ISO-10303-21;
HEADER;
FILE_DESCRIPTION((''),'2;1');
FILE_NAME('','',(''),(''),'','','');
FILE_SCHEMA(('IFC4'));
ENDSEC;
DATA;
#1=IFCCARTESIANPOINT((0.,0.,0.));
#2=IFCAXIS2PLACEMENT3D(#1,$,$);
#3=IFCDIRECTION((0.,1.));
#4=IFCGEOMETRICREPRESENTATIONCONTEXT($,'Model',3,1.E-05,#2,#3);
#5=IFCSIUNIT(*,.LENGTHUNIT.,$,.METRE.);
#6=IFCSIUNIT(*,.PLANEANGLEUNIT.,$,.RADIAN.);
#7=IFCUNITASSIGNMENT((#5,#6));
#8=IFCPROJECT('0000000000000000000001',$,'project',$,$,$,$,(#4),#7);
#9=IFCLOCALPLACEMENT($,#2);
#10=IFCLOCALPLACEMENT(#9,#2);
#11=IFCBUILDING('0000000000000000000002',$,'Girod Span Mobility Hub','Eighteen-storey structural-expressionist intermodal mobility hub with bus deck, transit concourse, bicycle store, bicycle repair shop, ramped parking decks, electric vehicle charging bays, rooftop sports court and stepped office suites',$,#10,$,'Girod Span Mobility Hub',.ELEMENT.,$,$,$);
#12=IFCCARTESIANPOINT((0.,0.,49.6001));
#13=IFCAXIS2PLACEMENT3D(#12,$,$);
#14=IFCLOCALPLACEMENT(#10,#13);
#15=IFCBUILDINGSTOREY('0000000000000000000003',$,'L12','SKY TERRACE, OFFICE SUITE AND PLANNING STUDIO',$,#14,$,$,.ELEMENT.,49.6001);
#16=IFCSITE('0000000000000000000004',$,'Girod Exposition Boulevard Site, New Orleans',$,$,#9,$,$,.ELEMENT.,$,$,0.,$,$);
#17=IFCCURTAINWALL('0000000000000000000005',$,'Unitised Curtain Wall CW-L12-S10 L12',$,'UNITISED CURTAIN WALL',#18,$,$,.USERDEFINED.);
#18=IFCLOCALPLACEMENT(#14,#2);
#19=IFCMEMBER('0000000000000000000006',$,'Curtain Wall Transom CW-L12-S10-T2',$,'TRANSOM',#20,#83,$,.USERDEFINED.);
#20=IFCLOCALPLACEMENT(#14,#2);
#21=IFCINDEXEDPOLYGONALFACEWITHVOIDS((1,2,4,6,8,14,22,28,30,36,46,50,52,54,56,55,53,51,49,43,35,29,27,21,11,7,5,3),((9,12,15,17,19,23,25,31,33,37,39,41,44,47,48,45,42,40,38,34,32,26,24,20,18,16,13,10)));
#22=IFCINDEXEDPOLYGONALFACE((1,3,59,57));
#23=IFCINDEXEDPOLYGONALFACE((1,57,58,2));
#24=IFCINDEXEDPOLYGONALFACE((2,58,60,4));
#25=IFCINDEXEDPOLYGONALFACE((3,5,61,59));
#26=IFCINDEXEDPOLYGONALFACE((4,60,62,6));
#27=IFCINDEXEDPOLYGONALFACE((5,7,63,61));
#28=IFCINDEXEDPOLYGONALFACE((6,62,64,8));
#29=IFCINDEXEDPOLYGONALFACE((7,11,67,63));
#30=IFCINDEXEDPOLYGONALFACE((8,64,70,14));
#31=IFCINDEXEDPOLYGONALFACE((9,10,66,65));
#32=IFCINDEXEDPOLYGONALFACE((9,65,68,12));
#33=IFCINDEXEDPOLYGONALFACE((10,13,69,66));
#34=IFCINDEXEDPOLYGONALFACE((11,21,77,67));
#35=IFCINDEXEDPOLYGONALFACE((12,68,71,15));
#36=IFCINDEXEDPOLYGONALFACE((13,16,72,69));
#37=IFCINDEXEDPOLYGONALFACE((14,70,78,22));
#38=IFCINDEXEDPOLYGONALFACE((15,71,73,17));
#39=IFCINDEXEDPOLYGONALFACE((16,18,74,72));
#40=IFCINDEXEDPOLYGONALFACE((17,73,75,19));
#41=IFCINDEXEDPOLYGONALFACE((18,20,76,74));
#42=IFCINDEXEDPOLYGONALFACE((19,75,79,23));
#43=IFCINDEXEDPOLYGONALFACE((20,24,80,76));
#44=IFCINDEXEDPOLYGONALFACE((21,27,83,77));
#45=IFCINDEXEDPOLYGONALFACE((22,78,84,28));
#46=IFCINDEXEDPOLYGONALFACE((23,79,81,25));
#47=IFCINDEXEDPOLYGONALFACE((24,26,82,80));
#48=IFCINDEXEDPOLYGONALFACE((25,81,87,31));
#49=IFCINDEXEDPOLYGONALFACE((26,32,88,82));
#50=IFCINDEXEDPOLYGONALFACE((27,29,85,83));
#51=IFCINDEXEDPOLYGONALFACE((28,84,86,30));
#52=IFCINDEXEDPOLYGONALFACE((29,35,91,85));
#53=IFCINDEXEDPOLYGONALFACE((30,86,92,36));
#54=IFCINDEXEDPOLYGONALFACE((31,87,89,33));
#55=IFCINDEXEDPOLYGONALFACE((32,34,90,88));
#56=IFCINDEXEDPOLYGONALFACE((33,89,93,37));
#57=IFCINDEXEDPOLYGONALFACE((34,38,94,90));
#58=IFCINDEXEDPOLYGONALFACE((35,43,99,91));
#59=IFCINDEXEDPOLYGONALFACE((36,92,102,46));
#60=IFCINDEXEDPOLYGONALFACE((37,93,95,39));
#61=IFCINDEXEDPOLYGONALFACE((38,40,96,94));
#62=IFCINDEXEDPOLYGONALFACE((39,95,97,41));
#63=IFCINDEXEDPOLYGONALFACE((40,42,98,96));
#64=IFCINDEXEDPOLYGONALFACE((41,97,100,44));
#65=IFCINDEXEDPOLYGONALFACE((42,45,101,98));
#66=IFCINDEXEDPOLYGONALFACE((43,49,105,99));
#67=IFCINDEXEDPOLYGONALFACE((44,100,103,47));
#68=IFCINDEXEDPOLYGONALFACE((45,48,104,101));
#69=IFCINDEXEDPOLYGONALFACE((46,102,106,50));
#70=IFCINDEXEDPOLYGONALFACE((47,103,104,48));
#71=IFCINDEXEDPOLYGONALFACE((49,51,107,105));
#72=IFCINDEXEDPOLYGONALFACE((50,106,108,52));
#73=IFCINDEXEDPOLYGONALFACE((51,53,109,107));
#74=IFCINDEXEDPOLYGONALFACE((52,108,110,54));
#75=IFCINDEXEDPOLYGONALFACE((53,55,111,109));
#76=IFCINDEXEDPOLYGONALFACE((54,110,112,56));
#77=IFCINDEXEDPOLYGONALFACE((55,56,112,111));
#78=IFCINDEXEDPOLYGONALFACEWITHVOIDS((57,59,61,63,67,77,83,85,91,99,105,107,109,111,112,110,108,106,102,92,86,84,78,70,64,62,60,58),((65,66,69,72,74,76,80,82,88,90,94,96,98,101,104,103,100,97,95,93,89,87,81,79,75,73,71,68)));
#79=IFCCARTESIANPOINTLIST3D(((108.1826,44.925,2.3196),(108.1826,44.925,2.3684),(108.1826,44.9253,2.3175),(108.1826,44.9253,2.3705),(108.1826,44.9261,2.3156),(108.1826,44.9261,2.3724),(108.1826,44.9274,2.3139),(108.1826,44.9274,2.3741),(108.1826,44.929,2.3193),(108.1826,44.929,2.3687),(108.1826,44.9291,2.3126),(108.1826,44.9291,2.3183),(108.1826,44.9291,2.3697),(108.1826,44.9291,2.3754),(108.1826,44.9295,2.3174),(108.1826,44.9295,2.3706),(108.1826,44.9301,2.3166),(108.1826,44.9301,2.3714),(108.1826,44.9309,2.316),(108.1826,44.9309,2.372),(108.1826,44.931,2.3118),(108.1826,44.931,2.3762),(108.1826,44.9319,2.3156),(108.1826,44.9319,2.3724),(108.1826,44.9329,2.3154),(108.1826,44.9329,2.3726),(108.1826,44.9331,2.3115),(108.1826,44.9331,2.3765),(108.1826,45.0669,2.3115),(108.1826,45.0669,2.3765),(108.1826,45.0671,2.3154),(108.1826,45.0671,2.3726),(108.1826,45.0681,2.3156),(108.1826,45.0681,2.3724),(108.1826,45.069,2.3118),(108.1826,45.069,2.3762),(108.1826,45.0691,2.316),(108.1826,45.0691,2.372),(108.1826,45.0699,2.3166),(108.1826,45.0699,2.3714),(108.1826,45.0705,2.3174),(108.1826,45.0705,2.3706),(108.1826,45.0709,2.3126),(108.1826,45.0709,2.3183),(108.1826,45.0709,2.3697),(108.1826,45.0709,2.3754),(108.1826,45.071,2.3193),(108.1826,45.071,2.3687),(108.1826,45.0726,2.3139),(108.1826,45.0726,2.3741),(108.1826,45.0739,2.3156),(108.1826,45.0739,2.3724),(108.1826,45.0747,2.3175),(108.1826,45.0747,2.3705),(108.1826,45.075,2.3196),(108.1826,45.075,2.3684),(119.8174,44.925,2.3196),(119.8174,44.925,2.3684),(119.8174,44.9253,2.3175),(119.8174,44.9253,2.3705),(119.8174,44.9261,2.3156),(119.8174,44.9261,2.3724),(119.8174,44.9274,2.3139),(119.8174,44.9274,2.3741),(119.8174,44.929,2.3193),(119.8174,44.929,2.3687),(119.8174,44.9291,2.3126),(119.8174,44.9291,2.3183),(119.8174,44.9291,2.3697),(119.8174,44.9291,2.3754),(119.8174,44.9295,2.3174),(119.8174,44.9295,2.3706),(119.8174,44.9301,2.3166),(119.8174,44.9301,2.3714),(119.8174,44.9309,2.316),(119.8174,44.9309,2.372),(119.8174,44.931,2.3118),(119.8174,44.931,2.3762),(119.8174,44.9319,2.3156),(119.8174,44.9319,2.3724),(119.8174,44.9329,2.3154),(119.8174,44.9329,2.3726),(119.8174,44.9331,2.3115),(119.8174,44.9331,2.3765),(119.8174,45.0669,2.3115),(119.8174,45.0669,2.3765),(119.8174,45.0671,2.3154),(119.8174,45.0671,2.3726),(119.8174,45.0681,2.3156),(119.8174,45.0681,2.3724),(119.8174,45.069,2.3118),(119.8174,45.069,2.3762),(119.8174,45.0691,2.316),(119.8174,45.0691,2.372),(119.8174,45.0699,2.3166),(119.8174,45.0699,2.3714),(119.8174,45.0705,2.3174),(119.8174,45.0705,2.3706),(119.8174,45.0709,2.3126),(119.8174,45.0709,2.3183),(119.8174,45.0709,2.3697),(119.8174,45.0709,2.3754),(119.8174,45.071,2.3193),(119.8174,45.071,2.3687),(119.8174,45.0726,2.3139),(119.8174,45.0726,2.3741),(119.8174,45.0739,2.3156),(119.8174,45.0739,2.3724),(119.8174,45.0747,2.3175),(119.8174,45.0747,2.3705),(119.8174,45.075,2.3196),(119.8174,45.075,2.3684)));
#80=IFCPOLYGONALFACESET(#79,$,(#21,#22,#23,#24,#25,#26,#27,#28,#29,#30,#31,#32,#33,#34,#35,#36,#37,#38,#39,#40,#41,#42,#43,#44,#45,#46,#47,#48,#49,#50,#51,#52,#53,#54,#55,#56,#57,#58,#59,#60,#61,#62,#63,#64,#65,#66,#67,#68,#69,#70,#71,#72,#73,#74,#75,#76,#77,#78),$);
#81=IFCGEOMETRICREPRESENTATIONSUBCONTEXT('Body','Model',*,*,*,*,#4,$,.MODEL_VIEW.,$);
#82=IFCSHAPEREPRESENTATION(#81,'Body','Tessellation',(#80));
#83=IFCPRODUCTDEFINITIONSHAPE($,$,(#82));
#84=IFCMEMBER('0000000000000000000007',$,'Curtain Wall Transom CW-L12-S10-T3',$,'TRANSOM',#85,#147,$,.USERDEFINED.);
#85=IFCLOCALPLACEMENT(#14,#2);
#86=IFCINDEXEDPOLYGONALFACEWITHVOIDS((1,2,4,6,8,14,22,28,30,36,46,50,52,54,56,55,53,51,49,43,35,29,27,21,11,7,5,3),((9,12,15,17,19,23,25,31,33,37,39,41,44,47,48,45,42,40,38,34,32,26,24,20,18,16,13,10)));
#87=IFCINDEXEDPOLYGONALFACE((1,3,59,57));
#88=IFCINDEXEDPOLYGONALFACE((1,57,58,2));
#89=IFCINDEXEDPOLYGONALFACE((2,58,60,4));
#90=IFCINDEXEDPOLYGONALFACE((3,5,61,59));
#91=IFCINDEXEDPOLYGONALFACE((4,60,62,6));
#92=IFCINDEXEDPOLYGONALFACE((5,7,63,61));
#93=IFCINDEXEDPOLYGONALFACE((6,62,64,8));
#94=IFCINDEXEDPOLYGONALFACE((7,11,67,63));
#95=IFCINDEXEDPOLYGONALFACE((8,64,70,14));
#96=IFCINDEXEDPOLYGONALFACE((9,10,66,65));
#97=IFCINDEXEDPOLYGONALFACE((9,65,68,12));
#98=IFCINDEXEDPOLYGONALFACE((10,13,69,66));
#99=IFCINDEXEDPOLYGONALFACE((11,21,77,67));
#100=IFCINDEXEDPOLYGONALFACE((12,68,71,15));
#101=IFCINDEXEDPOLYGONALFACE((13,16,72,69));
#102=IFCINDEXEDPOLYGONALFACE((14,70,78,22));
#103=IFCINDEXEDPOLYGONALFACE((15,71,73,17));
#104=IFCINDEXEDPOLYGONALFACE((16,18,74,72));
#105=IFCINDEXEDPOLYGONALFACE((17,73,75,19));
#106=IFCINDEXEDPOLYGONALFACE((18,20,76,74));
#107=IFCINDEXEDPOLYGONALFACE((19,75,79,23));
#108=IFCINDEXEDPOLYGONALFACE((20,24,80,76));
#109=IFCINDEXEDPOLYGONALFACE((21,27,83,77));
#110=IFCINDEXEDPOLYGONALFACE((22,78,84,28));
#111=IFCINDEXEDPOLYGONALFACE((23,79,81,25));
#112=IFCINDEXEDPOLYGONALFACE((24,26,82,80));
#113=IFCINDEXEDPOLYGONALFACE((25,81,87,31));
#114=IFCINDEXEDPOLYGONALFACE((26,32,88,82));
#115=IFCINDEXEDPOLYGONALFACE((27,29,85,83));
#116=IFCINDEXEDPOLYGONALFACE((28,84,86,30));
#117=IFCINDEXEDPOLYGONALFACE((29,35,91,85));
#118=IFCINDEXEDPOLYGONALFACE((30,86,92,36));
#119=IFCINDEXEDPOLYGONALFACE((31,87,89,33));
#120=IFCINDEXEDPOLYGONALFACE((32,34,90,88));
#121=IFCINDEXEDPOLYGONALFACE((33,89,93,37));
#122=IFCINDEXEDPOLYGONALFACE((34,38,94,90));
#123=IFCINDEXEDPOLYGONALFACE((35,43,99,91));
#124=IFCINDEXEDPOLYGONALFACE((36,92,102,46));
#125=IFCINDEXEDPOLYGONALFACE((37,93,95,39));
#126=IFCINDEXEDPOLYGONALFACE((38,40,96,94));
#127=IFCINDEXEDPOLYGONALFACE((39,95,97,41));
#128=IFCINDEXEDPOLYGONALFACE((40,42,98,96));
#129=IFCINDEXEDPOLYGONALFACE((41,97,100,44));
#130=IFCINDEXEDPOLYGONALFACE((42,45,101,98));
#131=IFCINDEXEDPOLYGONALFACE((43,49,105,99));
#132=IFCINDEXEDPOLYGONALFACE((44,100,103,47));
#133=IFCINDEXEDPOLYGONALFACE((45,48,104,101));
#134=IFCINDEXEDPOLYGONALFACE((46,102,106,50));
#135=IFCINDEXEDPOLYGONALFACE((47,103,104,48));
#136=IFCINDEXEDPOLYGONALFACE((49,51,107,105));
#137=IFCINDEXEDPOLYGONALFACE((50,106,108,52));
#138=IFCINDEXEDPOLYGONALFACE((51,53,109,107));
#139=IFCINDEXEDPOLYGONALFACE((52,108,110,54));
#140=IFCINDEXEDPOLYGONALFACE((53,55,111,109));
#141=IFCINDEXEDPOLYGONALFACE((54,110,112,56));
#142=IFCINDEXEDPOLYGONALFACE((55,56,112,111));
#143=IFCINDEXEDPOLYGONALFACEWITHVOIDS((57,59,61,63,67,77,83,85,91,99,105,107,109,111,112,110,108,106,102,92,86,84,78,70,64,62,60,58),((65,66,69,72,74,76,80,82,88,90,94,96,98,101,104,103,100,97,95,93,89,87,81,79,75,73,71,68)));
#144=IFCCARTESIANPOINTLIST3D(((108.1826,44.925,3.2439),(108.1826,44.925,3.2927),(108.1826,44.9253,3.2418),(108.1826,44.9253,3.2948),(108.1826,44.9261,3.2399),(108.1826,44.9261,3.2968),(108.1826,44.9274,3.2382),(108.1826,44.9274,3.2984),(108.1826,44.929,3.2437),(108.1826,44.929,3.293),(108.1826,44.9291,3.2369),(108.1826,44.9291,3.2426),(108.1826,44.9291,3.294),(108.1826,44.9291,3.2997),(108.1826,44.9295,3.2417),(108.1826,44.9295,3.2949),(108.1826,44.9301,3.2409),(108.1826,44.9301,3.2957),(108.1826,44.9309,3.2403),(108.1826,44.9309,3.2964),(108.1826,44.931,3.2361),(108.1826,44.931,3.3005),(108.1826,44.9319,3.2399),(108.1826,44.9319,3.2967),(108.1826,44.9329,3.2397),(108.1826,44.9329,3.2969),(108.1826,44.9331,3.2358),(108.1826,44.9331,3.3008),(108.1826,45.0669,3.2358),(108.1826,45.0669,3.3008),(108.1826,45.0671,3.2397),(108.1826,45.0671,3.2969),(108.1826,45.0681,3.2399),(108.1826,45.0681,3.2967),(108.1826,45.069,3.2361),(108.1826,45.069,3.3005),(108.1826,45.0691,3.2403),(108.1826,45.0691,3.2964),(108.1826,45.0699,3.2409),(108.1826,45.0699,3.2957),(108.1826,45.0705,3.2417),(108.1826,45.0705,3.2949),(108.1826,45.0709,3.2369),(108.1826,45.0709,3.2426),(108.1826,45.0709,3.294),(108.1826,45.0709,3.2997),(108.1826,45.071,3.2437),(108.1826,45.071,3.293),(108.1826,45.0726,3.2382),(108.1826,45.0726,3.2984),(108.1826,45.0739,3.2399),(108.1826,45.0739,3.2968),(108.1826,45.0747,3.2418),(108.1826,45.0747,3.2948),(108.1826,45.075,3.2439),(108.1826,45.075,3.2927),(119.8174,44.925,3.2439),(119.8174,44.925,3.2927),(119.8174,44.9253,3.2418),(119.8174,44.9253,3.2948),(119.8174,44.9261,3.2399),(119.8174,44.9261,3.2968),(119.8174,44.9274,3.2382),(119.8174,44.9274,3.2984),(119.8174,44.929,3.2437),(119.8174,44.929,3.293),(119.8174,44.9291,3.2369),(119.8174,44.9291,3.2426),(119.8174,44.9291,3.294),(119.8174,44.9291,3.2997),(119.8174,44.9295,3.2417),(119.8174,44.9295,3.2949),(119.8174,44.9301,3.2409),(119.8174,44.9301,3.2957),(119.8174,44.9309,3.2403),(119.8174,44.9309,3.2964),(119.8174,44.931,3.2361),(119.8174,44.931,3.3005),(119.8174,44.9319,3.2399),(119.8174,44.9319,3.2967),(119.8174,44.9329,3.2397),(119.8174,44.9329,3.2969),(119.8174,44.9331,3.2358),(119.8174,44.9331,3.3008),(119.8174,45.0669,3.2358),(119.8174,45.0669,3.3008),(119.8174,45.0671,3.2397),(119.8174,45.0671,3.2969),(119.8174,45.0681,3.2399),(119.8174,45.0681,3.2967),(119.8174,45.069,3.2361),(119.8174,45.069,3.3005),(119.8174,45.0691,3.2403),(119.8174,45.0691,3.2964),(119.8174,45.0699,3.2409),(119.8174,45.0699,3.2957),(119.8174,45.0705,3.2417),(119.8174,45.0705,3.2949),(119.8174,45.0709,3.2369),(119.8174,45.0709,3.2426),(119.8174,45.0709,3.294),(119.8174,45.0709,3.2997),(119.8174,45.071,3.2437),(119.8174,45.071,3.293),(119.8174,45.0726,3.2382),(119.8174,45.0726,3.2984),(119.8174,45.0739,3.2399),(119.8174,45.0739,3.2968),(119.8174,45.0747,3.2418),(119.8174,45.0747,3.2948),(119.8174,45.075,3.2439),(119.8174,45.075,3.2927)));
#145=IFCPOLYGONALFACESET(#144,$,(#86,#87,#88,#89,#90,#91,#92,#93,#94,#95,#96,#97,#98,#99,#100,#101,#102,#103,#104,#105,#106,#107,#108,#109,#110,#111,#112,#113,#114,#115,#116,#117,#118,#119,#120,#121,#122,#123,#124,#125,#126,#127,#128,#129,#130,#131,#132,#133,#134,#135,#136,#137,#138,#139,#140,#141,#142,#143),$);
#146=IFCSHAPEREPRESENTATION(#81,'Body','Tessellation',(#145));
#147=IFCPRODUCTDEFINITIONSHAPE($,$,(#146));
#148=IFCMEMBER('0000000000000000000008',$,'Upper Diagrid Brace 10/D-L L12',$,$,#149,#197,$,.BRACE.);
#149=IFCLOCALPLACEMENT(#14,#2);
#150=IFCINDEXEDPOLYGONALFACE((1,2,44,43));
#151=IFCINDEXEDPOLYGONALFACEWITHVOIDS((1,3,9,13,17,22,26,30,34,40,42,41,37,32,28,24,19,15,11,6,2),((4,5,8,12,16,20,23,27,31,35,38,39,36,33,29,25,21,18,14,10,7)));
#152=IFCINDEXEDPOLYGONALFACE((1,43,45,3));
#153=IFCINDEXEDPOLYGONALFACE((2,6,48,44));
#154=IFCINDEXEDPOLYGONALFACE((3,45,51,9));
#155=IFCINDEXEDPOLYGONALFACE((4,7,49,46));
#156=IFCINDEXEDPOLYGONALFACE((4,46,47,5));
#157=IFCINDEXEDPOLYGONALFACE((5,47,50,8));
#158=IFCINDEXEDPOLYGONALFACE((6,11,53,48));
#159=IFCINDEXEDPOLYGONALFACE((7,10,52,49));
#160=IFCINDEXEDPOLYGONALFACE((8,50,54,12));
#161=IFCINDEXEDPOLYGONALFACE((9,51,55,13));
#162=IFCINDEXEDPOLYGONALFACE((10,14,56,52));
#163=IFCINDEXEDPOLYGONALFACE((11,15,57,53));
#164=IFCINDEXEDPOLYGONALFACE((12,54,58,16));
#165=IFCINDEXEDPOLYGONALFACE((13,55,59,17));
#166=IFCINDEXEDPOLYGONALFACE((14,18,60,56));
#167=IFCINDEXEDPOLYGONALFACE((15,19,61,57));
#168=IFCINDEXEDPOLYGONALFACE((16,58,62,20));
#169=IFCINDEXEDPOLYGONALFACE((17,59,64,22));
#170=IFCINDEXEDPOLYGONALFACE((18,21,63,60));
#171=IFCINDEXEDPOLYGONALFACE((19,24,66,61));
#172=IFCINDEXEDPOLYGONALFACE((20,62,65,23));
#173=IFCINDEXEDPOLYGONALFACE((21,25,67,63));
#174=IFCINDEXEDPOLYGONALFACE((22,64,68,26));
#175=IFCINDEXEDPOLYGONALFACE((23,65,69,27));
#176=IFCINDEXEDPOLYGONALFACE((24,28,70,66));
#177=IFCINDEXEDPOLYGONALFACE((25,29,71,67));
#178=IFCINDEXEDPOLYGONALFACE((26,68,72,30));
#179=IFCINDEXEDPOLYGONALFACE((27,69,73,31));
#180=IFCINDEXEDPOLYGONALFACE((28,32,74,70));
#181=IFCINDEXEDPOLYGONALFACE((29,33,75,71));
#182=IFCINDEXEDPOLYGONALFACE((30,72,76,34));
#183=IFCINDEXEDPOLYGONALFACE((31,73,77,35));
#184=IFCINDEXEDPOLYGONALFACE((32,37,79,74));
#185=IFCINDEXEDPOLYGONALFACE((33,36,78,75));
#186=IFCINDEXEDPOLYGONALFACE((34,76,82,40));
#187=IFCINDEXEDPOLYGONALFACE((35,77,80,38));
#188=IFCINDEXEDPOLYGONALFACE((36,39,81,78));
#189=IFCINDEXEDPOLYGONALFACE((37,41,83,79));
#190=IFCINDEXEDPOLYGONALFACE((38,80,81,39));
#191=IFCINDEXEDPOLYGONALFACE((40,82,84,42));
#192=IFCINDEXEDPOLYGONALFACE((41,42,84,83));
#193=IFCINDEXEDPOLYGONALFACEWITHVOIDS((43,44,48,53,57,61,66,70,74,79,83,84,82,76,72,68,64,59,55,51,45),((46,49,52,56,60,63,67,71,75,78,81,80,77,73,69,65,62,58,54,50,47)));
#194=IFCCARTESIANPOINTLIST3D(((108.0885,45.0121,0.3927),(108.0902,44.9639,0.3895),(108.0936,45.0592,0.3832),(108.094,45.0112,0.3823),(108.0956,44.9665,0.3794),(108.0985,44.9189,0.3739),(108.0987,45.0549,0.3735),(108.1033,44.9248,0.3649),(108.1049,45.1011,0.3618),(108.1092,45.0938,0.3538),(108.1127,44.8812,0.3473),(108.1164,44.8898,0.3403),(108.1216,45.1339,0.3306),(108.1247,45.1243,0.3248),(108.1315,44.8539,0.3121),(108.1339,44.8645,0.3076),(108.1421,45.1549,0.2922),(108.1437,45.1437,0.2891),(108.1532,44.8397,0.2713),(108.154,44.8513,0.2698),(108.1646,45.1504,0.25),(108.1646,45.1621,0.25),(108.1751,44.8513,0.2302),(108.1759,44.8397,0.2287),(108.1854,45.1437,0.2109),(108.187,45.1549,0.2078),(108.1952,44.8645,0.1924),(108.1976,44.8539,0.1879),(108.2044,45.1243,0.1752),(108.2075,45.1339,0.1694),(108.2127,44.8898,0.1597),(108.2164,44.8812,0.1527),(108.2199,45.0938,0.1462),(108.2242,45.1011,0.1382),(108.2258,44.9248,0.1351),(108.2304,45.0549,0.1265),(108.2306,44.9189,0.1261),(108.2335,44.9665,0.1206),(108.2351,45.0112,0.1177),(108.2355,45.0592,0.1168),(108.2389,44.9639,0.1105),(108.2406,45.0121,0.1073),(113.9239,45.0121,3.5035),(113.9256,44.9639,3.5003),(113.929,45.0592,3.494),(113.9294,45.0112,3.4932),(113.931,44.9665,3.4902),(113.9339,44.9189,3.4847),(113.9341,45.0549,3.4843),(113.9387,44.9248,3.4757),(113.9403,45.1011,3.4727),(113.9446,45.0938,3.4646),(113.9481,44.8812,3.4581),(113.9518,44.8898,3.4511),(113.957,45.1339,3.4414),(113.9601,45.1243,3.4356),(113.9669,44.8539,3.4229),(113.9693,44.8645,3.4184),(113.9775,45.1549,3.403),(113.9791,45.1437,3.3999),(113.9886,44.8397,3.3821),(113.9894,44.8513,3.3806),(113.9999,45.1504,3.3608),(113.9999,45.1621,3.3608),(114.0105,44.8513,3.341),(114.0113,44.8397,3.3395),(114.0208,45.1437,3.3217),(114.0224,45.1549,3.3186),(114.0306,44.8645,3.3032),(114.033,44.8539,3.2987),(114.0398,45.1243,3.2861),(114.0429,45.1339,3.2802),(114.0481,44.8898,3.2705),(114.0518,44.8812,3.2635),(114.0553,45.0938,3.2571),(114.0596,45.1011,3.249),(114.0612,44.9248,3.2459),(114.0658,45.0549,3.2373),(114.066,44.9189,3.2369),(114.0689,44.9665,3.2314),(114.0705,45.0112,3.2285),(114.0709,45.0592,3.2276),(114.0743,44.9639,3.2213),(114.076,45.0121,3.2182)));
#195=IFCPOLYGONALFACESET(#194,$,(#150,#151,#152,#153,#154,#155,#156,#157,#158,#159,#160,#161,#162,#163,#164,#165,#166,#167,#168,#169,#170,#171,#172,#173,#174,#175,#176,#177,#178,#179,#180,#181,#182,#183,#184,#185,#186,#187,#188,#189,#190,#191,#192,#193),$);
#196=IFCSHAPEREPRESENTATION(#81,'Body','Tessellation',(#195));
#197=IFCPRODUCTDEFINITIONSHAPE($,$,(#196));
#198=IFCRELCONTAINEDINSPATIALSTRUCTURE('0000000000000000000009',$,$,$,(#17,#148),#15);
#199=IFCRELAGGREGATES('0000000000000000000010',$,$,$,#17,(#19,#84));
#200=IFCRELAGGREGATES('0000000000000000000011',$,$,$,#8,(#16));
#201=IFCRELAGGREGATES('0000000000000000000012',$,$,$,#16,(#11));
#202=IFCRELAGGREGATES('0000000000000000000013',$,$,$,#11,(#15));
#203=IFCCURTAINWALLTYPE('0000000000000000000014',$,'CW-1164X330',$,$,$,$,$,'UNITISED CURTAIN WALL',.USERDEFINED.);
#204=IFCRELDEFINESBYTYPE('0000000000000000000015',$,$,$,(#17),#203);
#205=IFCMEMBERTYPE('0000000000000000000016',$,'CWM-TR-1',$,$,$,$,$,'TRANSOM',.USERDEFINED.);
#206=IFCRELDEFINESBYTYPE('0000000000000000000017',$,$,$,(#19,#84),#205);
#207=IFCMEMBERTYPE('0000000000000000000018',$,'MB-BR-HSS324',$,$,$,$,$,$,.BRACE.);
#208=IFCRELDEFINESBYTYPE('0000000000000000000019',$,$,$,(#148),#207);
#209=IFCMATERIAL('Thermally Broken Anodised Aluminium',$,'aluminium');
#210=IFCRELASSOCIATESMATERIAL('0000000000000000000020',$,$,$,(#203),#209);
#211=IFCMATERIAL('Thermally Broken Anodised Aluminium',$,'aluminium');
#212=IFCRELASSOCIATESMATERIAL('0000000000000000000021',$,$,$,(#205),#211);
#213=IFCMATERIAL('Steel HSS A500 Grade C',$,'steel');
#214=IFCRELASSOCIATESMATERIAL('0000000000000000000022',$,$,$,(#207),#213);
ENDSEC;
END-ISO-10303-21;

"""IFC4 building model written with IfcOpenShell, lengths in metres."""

from ifc_helpers import new_model, si_unit, direction, frame, origin, origin_2d, place, context, subcontext, project, spatial, hollow_rectangle, hollow_circle, extrude, material, material_profile, profile_set, type_object, element, aggregate, save


model = new_model("IFC4")

# Units and contexts
model_context = context("Model", 3, precision=1e-05, world=origin(), true_north=direction((0.0, 1.0)))
body_context = subcontext(model_context, "Body", "Model", "MODEL_VIEW")
ifc_project = project(units=[si_unit("LENGTHUNIT", "METRE"), si_unit("PLANEANGLEUNIT", "RADIAN")], contexts=[model_context])

# Site, building, storey
site_placement = place(None, origin())
site = spatial("IfcSite", under=ifc_project, at=site_placement, Name="Girod Exposition Boulevard Site, New Orleans", CompositionType="ELEMENT", RefElevation=0.0)
building_placement = place(site_placement, origin())
building = spatial("IfcBuilding", under=site, at=building_placement, Name="Girod Span Mobility Hub", Description="Eighteen-storey structural-expressionist intermodal mobility hub with bus deck, transit concourse, bicycle store, bicycle repair shop, ramped parking decks, electric vehicle charging bays, rooftop sports court and stepped office suites", LongName="Girod Span Mobility Hub", CompositionType="ELEMENT")
storey_placement = place(building_placement, frame((0.0, 0.0, 49.6001)))
storey = spatial("IfcBuildingStorey", under=building, at=storey_placement, Name="L12", Description="SKY TERRACE, OFFICE SUITE AND PLANNING STUDIO", CompositionType="ELEMENT", Elevation=49.6001)

# Curtain wall, members
ifc_material_1 = material(Name="Thermally Broken Anodised Aluminium", Category="aluminium")
curtain_wall_type = type_object("IfcCurtainWallType", Name="CW-1164X330", ElementType="UNITISED CURTAIN WALL", PredefinedType="USERDEFINED", material=ifc_material_1)
curtain_wall_placement = place(storey_placement, origin())
curtain_wall = element("IfcCurtainWall", 1, at=curtain_wall_placement, inside=storey, type_object=curtain_wall_type, Name="Unitised Curtain Wall CW-L12-S10 L12", ObjectType="UNITISED CURTAIN WALL", PredefinedType="USERDEFINED")
ifc_material_2 = material(Name="Thermally Broken Anodised Aluminium", Category="aluminium")
ifc_material_profile_1 = material_profile(ifc_material_2, hollow_rectangle(XDim=0.1499, YDim=0.0649, WallThickness=0.0039, InnerFilletRadius=0.0039, OuterFilletRadius=0.0081, at=origin_2d()), Name="CW-TR-65X150")
ifc_profile_set_1 = profile_set([ifc_material_profile_1], Name="Thermally Broken Anodised Aluminium")
member_type_1 = type_object("IfcMemberType", Name="CWM-TR-1", ElementType="TRANSOM", PredefinedType="USERDEFINED", material=ifc_profile_set_1)
member_1_placement = place(storey_placement, frame((108.1826, 45.0, 2.344), z_axis=(1.0, 0.0, 0.0), x_axis=(0.0, 1.0, 0.0)))
member_1 = element("IfcMember", 2, at=member_1_placement, type_object=member_type_1, Name="Curtain Wall Transom CW-L12-S10-T2", ObjectType="TRANSOM", PredefinedType="USERDEFINED", context=body_context, shape_type="SweptSolid", body=[
    extrude(hollow_rectangle(XDim=0.1499, YDim=0.0649, WallThickness=0.0039, InnerFilletRadius=0.0039, OuterFilletRadius=0.0081, at=origin_2d()), origin(), (0.0, 0.0, 1.0), 11.6348),
])
member_2_placement = place(storey_placement, frame((108.1826, 45.0, 3.2683), z_axis=(1.0, 0.0, 0.0), x_axis=(0.0, 1.0, 0.0)))
member_2 = element("IfcMember", 3, at=member_2_placement, type_object=member_type_1, Name="Curtain Wall Transom CW-L12-S10-T3", ObjectType="TRANSOM", PredefinedType="USERDEFINED", context=body_context, shape_type="SweptSolid", body=[
    extrude(hollow_rectangle(XDim=0.1499, YDim=0.0649, WallThickness=0.0039, InnerFilletRadius=0.0039, OuterFilletRadius=0.0081, at=origin_2d()), origin(), (0.0, 0.0, 1.0), 11.6348),
])

# Member
ifc_material_3 = material(Name="Steel HSS A500 Grade C", Category="steel")
ifc_material_profile_2 = material_profile(ifc_material_3, hollow_circle(Radius=0.1621, WallThickness=0.0117, at=origin_2d()), Name="HSS324X12.7")
ifc_profile_set_2 = profile_set([ifc_material_profile_2], Name="Steel HSS A500 Grade C")
member_type_2 = type_object("IfcMemberType", Name="MB-BR-HSS324", PredefinedType="BRACE", material=ifc_profile_set_2)
member_3_placement = place(storey_placement, frame((108.1646, 45.0, 0.25), z_axis=(0.882441, 0.0, 0.470423), x_axis=(0.0, 1.0, 0.0)))
element("IfcMember", 4, at=member_3_placement, inside=storey, type_object=member_type_2, Name="Upper Diagrid Brace 10/D-L L12", PredefinedType="BRACE", context=body_context, shape_type="SweptSolid", body=[
    extrude(hollow_circle(Radius=0.1621, WallThickness=0.0117, at=origin_2d()), origin(), (0.0, 0.0, 1.0), 6.6128),
])

aggregate(curtain_wall, [member_1, member_2])

save(model, "model.ifc")
